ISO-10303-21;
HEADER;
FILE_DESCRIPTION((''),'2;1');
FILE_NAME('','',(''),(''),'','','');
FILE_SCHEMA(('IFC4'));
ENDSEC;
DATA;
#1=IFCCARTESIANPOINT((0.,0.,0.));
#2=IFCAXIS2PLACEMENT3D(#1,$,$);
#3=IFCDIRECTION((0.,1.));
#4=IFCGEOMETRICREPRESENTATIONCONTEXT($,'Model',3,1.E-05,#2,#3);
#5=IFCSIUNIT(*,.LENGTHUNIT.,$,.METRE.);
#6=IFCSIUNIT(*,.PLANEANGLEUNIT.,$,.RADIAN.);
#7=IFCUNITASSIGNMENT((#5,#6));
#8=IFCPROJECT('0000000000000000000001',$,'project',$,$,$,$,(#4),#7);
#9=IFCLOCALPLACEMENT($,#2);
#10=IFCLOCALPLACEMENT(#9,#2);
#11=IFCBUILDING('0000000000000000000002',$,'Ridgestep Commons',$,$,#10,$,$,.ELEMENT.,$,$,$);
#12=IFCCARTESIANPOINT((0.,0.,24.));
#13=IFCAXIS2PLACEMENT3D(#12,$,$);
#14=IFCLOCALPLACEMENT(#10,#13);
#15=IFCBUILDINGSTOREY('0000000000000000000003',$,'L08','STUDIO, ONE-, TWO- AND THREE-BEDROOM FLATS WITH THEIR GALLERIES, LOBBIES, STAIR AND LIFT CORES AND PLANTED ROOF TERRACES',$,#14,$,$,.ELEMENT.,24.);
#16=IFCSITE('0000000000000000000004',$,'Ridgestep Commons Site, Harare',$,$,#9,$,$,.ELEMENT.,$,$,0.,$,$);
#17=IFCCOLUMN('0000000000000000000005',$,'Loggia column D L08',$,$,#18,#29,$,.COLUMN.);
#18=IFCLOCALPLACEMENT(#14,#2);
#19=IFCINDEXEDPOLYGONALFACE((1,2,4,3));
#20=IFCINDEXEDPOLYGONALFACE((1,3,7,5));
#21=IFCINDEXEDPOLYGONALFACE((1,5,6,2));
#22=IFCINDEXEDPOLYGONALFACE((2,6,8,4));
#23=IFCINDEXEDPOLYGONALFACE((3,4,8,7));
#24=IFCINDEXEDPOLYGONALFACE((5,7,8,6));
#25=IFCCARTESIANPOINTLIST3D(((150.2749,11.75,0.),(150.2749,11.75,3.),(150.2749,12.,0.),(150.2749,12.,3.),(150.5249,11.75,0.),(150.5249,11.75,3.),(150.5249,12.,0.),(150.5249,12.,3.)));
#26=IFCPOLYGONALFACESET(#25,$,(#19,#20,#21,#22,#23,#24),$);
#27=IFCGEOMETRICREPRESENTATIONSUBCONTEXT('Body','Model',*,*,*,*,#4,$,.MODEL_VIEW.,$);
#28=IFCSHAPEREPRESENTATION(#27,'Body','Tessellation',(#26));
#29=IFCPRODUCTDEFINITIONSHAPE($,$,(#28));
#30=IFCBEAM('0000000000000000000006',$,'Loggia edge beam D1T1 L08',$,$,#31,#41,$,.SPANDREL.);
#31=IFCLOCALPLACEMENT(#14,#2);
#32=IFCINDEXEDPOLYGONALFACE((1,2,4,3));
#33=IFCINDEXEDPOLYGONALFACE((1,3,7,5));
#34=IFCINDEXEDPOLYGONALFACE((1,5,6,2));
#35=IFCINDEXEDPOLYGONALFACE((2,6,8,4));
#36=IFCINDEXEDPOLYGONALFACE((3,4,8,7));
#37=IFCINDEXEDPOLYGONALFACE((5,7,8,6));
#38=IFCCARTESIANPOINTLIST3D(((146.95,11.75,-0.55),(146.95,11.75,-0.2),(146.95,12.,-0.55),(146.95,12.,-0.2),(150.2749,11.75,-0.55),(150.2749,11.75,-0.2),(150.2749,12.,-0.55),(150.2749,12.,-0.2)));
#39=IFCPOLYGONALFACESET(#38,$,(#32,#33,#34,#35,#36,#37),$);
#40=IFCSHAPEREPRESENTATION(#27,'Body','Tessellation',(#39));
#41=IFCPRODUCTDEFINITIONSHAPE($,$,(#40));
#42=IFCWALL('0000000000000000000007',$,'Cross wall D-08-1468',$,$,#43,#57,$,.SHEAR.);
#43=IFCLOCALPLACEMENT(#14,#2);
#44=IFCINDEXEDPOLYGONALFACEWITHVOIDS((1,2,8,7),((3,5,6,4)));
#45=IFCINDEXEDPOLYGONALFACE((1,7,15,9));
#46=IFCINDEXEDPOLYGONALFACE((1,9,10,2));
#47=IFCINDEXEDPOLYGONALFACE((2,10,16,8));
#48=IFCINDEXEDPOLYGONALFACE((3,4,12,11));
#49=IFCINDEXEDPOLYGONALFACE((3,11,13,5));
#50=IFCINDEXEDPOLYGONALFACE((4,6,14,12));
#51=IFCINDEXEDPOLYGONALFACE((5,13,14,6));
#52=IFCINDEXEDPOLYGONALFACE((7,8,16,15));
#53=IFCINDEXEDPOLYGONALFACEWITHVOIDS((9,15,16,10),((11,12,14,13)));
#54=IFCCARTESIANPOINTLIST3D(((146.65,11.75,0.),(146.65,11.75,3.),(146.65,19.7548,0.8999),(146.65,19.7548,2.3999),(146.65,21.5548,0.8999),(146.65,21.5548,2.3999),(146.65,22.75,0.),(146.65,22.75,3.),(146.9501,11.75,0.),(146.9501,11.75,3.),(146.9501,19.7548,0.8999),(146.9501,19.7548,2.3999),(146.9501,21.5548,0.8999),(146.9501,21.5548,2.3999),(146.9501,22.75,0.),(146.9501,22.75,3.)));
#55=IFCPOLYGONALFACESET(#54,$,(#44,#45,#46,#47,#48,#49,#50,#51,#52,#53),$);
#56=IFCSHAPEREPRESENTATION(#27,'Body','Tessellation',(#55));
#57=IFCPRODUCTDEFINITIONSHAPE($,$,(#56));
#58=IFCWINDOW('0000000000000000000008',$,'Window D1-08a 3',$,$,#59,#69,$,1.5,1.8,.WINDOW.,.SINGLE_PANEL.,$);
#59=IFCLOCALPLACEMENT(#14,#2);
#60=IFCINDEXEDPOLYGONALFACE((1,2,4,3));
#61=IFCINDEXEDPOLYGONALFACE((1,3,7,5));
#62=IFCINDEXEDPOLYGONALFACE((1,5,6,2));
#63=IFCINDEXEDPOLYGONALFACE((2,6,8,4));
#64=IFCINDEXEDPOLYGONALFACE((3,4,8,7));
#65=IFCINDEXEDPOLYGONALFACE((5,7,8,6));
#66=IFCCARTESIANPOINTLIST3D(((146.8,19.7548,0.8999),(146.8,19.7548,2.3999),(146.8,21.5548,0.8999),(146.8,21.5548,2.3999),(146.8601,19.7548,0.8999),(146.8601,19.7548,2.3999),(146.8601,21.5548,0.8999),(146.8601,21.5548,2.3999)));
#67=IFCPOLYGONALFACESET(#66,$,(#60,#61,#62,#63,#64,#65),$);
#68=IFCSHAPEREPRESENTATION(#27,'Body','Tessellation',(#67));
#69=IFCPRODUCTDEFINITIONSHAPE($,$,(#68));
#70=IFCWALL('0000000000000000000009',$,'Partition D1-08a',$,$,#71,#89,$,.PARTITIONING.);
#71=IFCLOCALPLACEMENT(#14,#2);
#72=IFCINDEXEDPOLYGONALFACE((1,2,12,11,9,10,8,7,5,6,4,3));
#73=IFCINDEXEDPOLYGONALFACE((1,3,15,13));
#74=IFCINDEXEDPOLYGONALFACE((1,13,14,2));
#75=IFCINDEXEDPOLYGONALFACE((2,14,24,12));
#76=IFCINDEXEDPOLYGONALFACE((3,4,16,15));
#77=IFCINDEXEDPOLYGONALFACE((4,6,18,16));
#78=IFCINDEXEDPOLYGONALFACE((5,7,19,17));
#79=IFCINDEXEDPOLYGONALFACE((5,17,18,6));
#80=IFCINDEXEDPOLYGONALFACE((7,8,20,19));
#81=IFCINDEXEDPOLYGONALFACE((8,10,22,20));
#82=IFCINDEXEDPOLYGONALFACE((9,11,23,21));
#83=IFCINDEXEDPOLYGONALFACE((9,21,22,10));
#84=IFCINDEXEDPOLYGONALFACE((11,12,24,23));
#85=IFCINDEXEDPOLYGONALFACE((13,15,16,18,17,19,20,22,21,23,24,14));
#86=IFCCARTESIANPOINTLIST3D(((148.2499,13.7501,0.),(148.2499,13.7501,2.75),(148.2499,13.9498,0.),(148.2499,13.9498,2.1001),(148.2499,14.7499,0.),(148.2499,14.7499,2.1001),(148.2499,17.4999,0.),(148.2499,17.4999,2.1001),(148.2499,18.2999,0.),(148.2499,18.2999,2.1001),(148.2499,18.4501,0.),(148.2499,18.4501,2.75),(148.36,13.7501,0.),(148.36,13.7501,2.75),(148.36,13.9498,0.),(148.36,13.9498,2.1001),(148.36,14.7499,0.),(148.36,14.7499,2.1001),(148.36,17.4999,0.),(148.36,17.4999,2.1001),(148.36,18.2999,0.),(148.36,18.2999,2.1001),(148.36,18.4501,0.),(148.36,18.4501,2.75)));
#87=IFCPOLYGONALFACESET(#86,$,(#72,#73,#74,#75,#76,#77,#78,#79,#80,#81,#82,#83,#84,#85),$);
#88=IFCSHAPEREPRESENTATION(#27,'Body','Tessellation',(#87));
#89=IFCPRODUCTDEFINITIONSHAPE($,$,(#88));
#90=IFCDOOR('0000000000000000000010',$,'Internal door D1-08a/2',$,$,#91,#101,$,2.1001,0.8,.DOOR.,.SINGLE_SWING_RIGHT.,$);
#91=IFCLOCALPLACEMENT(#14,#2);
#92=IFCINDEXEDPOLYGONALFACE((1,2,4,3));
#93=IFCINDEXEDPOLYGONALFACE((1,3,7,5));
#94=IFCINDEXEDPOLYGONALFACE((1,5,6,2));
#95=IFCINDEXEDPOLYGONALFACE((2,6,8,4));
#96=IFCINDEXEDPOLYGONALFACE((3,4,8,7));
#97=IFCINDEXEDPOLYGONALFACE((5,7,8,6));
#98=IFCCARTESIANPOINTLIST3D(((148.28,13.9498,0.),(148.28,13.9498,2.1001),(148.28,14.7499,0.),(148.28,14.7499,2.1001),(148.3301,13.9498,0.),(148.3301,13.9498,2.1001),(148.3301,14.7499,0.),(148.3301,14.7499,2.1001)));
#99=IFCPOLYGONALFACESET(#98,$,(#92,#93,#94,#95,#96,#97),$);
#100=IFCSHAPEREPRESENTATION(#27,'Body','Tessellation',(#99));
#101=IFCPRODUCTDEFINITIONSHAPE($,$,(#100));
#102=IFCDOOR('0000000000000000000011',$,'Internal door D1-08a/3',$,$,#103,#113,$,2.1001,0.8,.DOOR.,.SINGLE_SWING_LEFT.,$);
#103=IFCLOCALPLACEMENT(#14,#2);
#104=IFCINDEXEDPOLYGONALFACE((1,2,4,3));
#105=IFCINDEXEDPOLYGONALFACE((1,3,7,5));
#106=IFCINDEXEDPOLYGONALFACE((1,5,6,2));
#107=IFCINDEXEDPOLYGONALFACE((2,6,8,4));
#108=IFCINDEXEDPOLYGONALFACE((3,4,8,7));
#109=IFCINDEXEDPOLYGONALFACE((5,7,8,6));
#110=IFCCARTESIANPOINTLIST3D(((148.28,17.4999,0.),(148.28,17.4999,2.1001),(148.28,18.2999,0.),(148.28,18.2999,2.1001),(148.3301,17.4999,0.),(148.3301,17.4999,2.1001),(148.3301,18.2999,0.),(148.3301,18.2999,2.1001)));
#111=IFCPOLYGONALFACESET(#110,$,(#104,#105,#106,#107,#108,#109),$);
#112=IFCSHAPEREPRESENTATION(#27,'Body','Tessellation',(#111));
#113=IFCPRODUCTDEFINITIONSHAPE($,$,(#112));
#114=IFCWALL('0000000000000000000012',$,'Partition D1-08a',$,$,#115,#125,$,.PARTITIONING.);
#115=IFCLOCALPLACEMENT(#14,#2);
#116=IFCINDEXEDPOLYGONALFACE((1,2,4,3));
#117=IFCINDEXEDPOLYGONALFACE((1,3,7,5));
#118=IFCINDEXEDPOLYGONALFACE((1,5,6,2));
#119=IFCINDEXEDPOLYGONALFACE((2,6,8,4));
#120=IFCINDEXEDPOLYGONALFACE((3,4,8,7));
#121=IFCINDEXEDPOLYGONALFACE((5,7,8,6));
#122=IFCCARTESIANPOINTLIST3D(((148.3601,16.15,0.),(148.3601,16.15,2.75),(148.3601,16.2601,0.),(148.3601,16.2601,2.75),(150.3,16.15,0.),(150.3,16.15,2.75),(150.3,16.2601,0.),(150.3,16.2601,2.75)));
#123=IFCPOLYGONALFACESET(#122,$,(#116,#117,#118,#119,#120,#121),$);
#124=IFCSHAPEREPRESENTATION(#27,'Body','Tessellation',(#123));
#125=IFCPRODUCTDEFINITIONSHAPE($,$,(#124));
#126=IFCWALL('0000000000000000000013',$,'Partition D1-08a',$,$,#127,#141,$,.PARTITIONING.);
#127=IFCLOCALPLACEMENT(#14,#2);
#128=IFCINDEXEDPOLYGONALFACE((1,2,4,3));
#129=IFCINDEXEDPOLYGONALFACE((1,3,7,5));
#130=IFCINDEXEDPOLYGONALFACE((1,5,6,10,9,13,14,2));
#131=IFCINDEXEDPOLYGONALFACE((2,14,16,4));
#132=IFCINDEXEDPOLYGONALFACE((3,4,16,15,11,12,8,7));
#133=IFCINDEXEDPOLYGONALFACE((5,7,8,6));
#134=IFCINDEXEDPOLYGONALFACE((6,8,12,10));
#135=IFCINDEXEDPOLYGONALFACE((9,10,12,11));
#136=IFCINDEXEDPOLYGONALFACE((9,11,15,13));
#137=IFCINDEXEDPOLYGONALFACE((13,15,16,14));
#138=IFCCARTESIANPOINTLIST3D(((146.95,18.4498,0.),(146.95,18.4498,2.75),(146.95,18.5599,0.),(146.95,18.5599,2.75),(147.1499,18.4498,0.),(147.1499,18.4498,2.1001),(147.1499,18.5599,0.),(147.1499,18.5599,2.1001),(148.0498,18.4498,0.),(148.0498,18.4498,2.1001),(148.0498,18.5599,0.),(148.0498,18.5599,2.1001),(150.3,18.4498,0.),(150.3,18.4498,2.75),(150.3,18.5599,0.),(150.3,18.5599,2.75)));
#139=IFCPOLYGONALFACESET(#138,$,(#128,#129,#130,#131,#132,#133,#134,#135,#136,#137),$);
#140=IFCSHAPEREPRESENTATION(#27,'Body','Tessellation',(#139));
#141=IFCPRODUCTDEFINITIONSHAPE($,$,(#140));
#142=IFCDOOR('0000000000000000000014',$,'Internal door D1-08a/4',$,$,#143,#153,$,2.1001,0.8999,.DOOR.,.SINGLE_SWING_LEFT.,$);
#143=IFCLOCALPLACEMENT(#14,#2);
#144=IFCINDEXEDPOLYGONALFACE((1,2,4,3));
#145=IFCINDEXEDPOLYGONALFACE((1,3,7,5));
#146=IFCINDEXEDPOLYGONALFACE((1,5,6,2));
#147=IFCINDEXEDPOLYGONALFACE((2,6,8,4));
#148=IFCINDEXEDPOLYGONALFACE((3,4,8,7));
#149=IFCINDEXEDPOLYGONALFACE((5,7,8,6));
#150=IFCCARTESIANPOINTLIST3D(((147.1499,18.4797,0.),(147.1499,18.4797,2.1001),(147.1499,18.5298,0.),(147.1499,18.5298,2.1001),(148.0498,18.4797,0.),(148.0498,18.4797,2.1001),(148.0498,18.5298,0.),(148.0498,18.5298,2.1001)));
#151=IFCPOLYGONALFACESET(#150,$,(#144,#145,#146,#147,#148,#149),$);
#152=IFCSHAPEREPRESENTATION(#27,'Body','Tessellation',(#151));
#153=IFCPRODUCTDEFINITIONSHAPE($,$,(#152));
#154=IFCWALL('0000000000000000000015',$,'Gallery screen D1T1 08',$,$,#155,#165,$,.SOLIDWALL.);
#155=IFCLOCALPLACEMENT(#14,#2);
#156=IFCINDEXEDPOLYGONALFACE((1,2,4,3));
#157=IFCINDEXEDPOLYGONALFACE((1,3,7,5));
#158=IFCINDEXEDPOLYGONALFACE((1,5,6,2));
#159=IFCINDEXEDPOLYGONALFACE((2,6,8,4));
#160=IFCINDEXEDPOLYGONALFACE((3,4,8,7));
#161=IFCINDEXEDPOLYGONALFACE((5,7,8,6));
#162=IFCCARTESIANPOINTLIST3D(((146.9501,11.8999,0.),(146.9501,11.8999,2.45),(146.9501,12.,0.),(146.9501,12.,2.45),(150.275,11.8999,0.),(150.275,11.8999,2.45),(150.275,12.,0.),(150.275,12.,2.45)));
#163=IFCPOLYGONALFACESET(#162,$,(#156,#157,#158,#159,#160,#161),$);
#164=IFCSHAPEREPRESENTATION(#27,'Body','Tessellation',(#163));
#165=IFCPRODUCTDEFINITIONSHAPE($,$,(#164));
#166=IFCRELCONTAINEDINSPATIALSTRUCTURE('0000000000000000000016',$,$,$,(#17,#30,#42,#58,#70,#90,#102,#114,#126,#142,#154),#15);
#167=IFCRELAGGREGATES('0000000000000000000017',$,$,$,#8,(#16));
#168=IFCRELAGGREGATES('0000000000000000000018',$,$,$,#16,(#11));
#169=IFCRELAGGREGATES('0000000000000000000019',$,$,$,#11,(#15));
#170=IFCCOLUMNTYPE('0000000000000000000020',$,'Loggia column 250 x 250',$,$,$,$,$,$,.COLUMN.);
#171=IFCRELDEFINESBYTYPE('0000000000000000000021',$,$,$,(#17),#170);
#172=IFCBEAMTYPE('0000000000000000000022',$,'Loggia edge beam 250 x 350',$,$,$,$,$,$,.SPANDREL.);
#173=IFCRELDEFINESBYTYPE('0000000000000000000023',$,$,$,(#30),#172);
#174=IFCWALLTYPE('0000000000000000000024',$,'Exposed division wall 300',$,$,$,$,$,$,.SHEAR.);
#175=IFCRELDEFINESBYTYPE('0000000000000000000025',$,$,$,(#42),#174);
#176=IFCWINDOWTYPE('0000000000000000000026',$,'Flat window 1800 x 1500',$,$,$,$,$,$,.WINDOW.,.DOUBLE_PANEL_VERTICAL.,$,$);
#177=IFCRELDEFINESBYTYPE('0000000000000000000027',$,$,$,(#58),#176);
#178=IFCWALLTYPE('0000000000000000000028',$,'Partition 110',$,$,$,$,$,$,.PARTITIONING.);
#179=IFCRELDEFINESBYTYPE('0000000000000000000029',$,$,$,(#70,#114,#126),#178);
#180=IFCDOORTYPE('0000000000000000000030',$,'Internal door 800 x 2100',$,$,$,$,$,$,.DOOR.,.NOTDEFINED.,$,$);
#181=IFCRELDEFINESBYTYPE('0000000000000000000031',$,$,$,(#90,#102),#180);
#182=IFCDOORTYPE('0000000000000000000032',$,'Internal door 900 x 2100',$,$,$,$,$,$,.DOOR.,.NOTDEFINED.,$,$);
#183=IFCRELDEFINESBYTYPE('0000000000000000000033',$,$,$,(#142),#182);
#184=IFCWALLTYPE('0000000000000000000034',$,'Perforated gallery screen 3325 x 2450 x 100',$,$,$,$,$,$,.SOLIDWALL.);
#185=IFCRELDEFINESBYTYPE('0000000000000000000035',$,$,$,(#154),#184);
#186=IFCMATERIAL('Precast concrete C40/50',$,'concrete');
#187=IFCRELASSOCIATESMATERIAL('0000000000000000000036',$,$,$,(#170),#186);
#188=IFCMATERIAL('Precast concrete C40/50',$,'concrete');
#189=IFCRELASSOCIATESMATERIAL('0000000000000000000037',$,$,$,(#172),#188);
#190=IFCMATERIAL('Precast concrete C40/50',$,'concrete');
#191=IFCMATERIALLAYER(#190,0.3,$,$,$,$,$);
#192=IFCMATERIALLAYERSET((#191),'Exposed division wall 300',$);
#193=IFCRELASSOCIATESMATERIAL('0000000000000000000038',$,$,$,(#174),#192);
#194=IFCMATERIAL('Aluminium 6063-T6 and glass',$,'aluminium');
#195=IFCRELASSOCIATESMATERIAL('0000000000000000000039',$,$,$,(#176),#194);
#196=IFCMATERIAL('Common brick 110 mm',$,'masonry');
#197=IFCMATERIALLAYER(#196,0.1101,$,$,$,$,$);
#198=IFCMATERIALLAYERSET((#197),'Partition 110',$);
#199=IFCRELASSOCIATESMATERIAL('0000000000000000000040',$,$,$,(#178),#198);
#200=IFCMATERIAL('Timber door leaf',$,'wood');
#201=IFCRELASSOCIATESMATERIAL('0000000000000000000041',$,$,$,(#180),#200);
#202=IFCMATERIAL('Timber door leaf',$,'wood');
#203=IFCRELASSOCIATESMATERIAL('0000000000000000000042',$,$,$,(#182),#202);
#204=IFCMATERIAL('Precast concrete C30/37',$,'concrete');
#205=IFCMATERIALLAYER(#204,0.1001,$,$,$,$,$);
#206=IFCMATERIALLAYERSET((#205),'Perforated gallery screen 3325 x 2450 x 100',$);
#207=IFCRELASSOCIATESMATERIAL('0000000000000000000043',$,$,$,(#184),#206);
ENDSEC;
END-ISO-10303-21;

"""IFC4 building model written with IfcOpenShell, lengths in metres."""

from ifc_helpers import new_model, si_unit, direction, frame, frame_2d, origin, origin_2d, place, context, subcontext, project, spatial, rectangle, extrude, material, layer, layer_set, material_profile, profile_set, type_object, element, fill, save


model = new_model("IFC4")

# Units and contexts
model_context = context("Model", 3, precision=1e-05, world=origin(), true_north=direction((0.0, 1.0)))
body_context = subcontext(model_context, "Body", "Model", "MODEL_VIEW")
ifc_project = project(units=[si_unit("LENGTHUNIT", "METRE"), si_unit("PLANEANGLEUNIT", "RADIAN")], contexts=[model_context])

# Site, building, storey
site_placement = place(None, origin())
site = spatial("IfcSite", under=ifc_project, at=site_placement, Name="Ridgestep Commons Site, Harare", CompositionType="ELEMENT", RefElevation=0.0)
building_placement = place(site_placement, origin())
building = spatial("IfcBuilding", under=site, at=building_placement, Name="Ridgestep Commons", CompositionType="ELEMENT")
storey_placement = place(building_placement, frame((0.0, 0.0, 24.0)))
storey = spatial("IfcBuildingStorey", under=building, at=storey_placement, Name="L08", Description="STUDIO, ONE-, TWO- AND THREE-BEDROOM FLATS WITH THEIR GALLERIES, LOBBIES, STAIR AND LIFT CORES AND PLANTED ROOF TERRACES", CompositionType="ELEMENT", Elevation=24.0)

# Column
ifc_material_1 = material(Name="Precast concrete C40/50", Category="concrete")
ifc_material_profile_1 = material_profile(ifc_material_1, rectangle(XDim=0.25, YDim=0.25, at=origin_2d()), Name="PC 250x250")
ifc_profile_set_1 = profile_set([ifc_material_profile_1], Name="Precast concrete C40/50")
column_type = type_object("IfcColumnType", Name="Loggia column 250 x 250", PredefinedType="COLUMN", material=ifc_profile_set_1)
column_placement = place(storey_placement, frame((150.3999, 11.875, 0.0), z_axis=(0.0, 0.0, 1.0), x_axis=(1.0, 0.0, 0.0)))
element("IfcColumn", 1, at=column_placement, inside=storey, type_object=column_type, Name="Loggia column D L08", PredefinedType="COLUMN", context=body_context, shape_type="SweptSolid", body=[
    extrude(rectangle(XDim=0.25, YDim=0.25, at=origin_2d()), origin(), (0.0, 0.0, 1.0), 3.0),
])

# Beam
ifc_material_2 = material(Name="Precast concrete C40/50", Category="concrete")
ifc_material_profile_2 = material_profile(ifc_material_2, rectangle(XDim=0.25, YDim=0.3501, at=origin_2d()), Name="PC 250x350")
ifc_profile_set_2 = profile_set([ifc_material_profile_2], Name="Precast concrete C40/50")
beam_type = type_object("IfcBeamType", Name="Loggia edge beam 250 x 350", PredefinedType="SPANDREL", material=ifc_profile_set_2)
beam_placement = place(storey_placement, frame((146.95, 11.875, -0.375), z_axis=(1.0, 0.0, 0.0), x_axis=(0.0, 1.0, 0.0)))
element("IfcBeam", 2, at=beam_placement, inside=storey, type_object=beam_type, Name="Loggia edge beam D1T1 L08", PredefinedType="SPANDREL", context=body_context, shape_type="SweptSolid", body=[
    extrude(rectangle(XDim=0.25, YDim=0.3501, at=origin_2d()), origin(), (0.0, 0.0, 1.0), 3.325),
])

# Wall, opening, window
ifc_material_3 = material(Name="Precast concrete C40/50", Category="concrete")
ifc_layer_1 = layer(ifc_material_3, 0.3)
ifc_layer_set_1 = layer_set([ifc_layer_1], Name="Exposed division wall 300")
wall_type_1 = type_object("IfcWallType", Name="Exposed division wall 300", PredefinedType="SHEAR", material=ifc_layer_set_1)
wall_1_placement = place(storey_placement, frame((146.8, 11.75, 0.0), z_axis=(0.0, 0.0, 1.0), x_axis=(0.0, 1.0, 0.0)))
wall_1 = element("IfcWall", 3, at=wall_1_placement, inside=storey, type_object=wall_type_1, Name="Cross wall D-08-1468", PredefinedType="SHEAR", context=body_context, shape_type="SweptSolid", body=[
    extrude(rectangle(XDim=11.0, YDim=0.3, at=frame_2d((5.5, 0.0))), origin(), (0.0, 0.0, 1.0), 3.0),
])
opening_1_placement = place(wall_1_placement, frame((8.0049, 0.0, 0.8999)))
opening_1 = element("IfcOpeningElement", 4, at=opening_1_placement, cuts=wall_1, PredefinedType="OPENING", context=body_context, shape_type="SweptSolid", body=[
    extrude(rectangle(XDim=1.8, YDim=1.5, at=frame_2d((0.8999, 0.75))), frame((0.0, 0.1599, 0.0), z_axis=(0.0, -1.0, 0.0), x_axis=(1.0, 0.0, 0.0)), (0.0, 0.0, 1.0), 0.3201),
])
ifc_material_4 = material(Name="Aluminium 6063-T6 and glass", Category="aluminium")
window_type_1 = type_object("IfcWindowType", Name="Flat window 1800 x 1500", PartitioningType="DOUBLE_PANEL_VERTICAL", PredefinedType="WINDOW", material=ifc_material_4)
window_1_placement = place(opening_1_placement, origin())
window_1 = element("IfcWindow", 5, at=window_1_placement, inside=storey, type_object=window_type_1, Name="Window D1-08a 3", OverallHeight=1.5, OverallWidth=1.8, PartitioningType="SINGLE_PANEL", PredefinedType="WINDOW", context=body_context, shape_type="SweptSolid", body=[
    extrude(rectangle(XDim=1.8, YDim=1.5, at=frame_2d((0.8999, 0.75))), frame((0.0, 0.0, 0.0), z_axis=(0.0, -1.0, 0.0), x_axis=(1.0, 0.0, 0.0)), (0.0, 0.0, 1.0), 0.0601),
])
fill(opening_1, window_1)

# Wall, openings, doors
ifc_material_5 = material(Name="Common brick 110 mm", Category="masonry")
ifc_layer_2 = layer(ifc_material_5, 0.1101)
ifc_layer_set_2 = layer_set([ifc_layer_2], Name="Partition 110")
wall_type_2 = type_object("IfcWallType", Name="Partition 110", PredefinedType="PARTITIONING", material=ifc_layer_set_2)
wall_2_placement = place(storey_placement, frame((148.3049, 13.75, 0.0), z_axis=(0.0, 0.0, 1.0), x_axis=(0.0, 1.0, 0.0)))
wall_2 = element("IfcWall", 6, at=wall_2_placement, inside=storey, type_object=wall_type_2, Name="Partition D1-08a", PredefinedType="PARTITIONING", context=body_context, shape_type="SweptSolid", body=[
    extrude(rectangle(XDim=4.7, YDim=0.1101, at=frame_2d((2.3501, 0.0))), origin(), (0.0, 0.0, 1.0), 2.75),
])
opening_2_placement = place(wall_2_placement, frame((0.2, 0.0, 0.0)))
opening_2 = element("IfcOpeningElement", 7, at=opening_2_placement, cuts=wall_2, PredefinedType="OPENING", context=body_context, shape_type="SweptSolid", body=[
    extrude(rectangle(XDim=0.8, YDim=2.1001, at=frame_2d((0.3999, 1.05))), frame((0.0, 0.0649, 0.0), z_axis=(0.0, -1.0, 0.0), x_axis=(1.0, 0.0, 0.0)), (0.0, 0.0, 1.0), 0.1301),
])
opening_3_placement = place(wall_2_placement, frame((3.75, 0.0, 0.0)))
opening_3 = element("IfcOpeningElement", 8, at=opening_3_placement, cuts=wall_2, PredefinedType="OPENING", context=body_context, shape_type="SweptSolid", body=[
    extrude(rectangle(XDim=0.8, YDim=2.1001, at=frame_2d((0.3999, 1.05))), frame((0.0, 0.0649, 0.0), z_axis=(0.0, -1.0, 0.0), x_axis=(1.0, 0.0, 0.0)), (0.0, 0.0, 1.0), 0.1301),
])
ifc_material_6 = material(Name="Timber door leaf", Category="wood")
door_type_1 = type_object("IfcDoorType", Name="Internal door 800 x 2100", OperationType="NOTDEFINED", PredefinedType="DOOR", material=ifc_material_6)
door_1_placement = place(opening_2_placement, origin())
door_1 = element("IfcDoor", 9, at=door_1_placement, inside=storey, type_object=door_type_1, Name="Internal door D1-08a/2", OperationType="SINGLE_SWING_RIGHT", OverallHeight=2.1001, OverallWidth=0.8, PredefinedType="DOOR", context=body_context, shape_type="SweptSolid", body=[
    extrude(rectangle(XDim=0.8, YDim=2.1001, at=frame_2d((0.3999, 1.05))), frame((0.0, 0.0249, 0.0), z_axis=(0.0, -1.0, 0.0), x_axis=(1.0, 0.0, 0.0)), (0.0, 0.0, 1.0), 0.05),
])
fill(opening_2, door_1)
door_2_placement = place(opening_3_placement, origin())
door_2 = element("IfcDoor", 10, at=door_2_placement, inside=storey, type_object=door_type_1, Name="Internal door D1-08a/3", OperationType="SINGLE_SWING_LEFT", OverallHeight=2.1001, OverallWidth=0.8, PredefinedType="DOOR", context=body_context, shape_type="SweptSolid", body=[
    extrude(rectangle(XDim=0.8, YDim=2.1001, at=frame_2d((0.3999, 1.05))), frame((0.0, 0.0249, 0.0), z_axis=(0.0, -1.0, 0.0), x_axis=(1.0, 0.0, 0.0)), (0.0, 0.0, 1.0), 0.05),
])
fill(opening_3, door_2)

# Wall
wall_3_placement = place(storey_placement, frame((148.3601, 16.2051, 0.0), z_axis=(0.0, 0.0, 1.0), x_axis=(1.0, 0.0, 0.0)))
element("IfcWall", 11, at=wall_3_placement, inside=storey, type_object=wall_type_2, Name="Partition D1-08a", PredefinedType="PARTITIONING", context=body_context, shape_type="SweptSolid", body=[
    extrude(rectangle(XDim=1.9399, YDim=0.1101, at=frame_2d((0.97, 0.0))), origin(), (0.0, 0.0, 1.0), 2.75),
])

# Wall, opening, door
wall_4_placement = place(storey_placement, frame((146.95, 18.5049, 0.0), z_axis=(0.0, 0.0, 1.0), x_axis=(1.0, 0.0, 0.0)))
wall_4 = element("IfcWall", 12, at=wall_4_placement, inside=storey, type_object=wall_type_2, Name="Partition D1-08a", PredefinedType="PARTITIONING", context=body_context, shape_type="SweptSolid", body=[
    extrude(rectangle(XDim=3.3501, YDim=0.1101, at=frame_2d((1.675, 0.0))), origin(), (0.0, 0.0, 1.0), 2.75),
])
opening_4_placement = place(wall_4_placement, frame((0.2, 0.0, 0.0)))
opening_4 = element("IfcOpeningElement", 13, at=opening_4_placement, cuts=wall_4, PredefinedType="OPENING", context=body_context, shape_type="SweptSolid", body=[
    extrude(rectangle(XDim=0.8999, YDim=2.1001, at=frame_2d((0.45, 1.05))), frame((0.0, 0.0649, 0.0), z_axis=(0.0, -1.0, 0.0), x_axis=(1.0, 0.0, 0.0)), (0.0, 0.0, 1.0), 0.1301),
])
ifc_material_7 = material(Name="Timber door leaf", Category="wood")
door_type_2 = type_object("IfcDoorType", Name="Internal door 900 x 2100", OperationType="NOTDEFINED", PredefinedType="DOOR", material=ifc_material_7)
door_3_placement = place(opening_4_placement, origin())
door_3 = element("IfcDoor", 14, at=door_3_placement, inside=storey, type_object=door_type_2, Name="Internal door D1-08a/4", OperationType="SINGLE_SWING_LEFT", OverallHeight=2.1001, OverallWidth=0.8999, PredefinedType="DOOR", context=body_context, shape_type="SweptSolid", body=[
    extrude(rectangle(XDim=0.8999, YDim=2.1001, at=frame_2d((0.45, 1.05))), frame((0.0, 0.0249, 0.0), z_axis=(0.0, -1.0, 0.0), x_axis=(1.0, 0.0, 0.0)), (0.0, 0.0, 1.0), 0.05),
])
fill(opening_4, door_3)

# Wall
ifc_material_8 = material(Name="Precast concrete C30/37", Category="concrete")
ifc_layer_3 = layer(ifc_material_8, 0.1001)
ifc_layer_set_3 = layer_set([ifc_layer_3], Name="Perforated gallery screen 3325 x 2450 x 100")
wall_type_3 = type_object("IfcWallType", Name="Perforated gallery screen 3325 x 2450 x 100", PredefinedType="SOLIDWALL", material=ifc_layer_set_3)
wall_5_placement = place(storey_placement, frame((146.95, 11.95, 0.0), z_axis=(0.0, 0.0, 1.0), x_axis=(1.0, 0.0, 0.0)))
element("IfcWall", 15, at=wall_5_placement, inside=storey, type_object=wall_type_3, Name="Gallery screen D1T1 08", PredefinedType="SOLIDWALL", context=body_context, shape_type="SweptSolid", body=[
    extrude(rectangle(XDim=3.325, YDim=0.1001, at=frame_2d((1.6626, 0.0))), origin(), (0.0, 0.0, 1.0), 2.45),
])

save(model, "model.ifc")
